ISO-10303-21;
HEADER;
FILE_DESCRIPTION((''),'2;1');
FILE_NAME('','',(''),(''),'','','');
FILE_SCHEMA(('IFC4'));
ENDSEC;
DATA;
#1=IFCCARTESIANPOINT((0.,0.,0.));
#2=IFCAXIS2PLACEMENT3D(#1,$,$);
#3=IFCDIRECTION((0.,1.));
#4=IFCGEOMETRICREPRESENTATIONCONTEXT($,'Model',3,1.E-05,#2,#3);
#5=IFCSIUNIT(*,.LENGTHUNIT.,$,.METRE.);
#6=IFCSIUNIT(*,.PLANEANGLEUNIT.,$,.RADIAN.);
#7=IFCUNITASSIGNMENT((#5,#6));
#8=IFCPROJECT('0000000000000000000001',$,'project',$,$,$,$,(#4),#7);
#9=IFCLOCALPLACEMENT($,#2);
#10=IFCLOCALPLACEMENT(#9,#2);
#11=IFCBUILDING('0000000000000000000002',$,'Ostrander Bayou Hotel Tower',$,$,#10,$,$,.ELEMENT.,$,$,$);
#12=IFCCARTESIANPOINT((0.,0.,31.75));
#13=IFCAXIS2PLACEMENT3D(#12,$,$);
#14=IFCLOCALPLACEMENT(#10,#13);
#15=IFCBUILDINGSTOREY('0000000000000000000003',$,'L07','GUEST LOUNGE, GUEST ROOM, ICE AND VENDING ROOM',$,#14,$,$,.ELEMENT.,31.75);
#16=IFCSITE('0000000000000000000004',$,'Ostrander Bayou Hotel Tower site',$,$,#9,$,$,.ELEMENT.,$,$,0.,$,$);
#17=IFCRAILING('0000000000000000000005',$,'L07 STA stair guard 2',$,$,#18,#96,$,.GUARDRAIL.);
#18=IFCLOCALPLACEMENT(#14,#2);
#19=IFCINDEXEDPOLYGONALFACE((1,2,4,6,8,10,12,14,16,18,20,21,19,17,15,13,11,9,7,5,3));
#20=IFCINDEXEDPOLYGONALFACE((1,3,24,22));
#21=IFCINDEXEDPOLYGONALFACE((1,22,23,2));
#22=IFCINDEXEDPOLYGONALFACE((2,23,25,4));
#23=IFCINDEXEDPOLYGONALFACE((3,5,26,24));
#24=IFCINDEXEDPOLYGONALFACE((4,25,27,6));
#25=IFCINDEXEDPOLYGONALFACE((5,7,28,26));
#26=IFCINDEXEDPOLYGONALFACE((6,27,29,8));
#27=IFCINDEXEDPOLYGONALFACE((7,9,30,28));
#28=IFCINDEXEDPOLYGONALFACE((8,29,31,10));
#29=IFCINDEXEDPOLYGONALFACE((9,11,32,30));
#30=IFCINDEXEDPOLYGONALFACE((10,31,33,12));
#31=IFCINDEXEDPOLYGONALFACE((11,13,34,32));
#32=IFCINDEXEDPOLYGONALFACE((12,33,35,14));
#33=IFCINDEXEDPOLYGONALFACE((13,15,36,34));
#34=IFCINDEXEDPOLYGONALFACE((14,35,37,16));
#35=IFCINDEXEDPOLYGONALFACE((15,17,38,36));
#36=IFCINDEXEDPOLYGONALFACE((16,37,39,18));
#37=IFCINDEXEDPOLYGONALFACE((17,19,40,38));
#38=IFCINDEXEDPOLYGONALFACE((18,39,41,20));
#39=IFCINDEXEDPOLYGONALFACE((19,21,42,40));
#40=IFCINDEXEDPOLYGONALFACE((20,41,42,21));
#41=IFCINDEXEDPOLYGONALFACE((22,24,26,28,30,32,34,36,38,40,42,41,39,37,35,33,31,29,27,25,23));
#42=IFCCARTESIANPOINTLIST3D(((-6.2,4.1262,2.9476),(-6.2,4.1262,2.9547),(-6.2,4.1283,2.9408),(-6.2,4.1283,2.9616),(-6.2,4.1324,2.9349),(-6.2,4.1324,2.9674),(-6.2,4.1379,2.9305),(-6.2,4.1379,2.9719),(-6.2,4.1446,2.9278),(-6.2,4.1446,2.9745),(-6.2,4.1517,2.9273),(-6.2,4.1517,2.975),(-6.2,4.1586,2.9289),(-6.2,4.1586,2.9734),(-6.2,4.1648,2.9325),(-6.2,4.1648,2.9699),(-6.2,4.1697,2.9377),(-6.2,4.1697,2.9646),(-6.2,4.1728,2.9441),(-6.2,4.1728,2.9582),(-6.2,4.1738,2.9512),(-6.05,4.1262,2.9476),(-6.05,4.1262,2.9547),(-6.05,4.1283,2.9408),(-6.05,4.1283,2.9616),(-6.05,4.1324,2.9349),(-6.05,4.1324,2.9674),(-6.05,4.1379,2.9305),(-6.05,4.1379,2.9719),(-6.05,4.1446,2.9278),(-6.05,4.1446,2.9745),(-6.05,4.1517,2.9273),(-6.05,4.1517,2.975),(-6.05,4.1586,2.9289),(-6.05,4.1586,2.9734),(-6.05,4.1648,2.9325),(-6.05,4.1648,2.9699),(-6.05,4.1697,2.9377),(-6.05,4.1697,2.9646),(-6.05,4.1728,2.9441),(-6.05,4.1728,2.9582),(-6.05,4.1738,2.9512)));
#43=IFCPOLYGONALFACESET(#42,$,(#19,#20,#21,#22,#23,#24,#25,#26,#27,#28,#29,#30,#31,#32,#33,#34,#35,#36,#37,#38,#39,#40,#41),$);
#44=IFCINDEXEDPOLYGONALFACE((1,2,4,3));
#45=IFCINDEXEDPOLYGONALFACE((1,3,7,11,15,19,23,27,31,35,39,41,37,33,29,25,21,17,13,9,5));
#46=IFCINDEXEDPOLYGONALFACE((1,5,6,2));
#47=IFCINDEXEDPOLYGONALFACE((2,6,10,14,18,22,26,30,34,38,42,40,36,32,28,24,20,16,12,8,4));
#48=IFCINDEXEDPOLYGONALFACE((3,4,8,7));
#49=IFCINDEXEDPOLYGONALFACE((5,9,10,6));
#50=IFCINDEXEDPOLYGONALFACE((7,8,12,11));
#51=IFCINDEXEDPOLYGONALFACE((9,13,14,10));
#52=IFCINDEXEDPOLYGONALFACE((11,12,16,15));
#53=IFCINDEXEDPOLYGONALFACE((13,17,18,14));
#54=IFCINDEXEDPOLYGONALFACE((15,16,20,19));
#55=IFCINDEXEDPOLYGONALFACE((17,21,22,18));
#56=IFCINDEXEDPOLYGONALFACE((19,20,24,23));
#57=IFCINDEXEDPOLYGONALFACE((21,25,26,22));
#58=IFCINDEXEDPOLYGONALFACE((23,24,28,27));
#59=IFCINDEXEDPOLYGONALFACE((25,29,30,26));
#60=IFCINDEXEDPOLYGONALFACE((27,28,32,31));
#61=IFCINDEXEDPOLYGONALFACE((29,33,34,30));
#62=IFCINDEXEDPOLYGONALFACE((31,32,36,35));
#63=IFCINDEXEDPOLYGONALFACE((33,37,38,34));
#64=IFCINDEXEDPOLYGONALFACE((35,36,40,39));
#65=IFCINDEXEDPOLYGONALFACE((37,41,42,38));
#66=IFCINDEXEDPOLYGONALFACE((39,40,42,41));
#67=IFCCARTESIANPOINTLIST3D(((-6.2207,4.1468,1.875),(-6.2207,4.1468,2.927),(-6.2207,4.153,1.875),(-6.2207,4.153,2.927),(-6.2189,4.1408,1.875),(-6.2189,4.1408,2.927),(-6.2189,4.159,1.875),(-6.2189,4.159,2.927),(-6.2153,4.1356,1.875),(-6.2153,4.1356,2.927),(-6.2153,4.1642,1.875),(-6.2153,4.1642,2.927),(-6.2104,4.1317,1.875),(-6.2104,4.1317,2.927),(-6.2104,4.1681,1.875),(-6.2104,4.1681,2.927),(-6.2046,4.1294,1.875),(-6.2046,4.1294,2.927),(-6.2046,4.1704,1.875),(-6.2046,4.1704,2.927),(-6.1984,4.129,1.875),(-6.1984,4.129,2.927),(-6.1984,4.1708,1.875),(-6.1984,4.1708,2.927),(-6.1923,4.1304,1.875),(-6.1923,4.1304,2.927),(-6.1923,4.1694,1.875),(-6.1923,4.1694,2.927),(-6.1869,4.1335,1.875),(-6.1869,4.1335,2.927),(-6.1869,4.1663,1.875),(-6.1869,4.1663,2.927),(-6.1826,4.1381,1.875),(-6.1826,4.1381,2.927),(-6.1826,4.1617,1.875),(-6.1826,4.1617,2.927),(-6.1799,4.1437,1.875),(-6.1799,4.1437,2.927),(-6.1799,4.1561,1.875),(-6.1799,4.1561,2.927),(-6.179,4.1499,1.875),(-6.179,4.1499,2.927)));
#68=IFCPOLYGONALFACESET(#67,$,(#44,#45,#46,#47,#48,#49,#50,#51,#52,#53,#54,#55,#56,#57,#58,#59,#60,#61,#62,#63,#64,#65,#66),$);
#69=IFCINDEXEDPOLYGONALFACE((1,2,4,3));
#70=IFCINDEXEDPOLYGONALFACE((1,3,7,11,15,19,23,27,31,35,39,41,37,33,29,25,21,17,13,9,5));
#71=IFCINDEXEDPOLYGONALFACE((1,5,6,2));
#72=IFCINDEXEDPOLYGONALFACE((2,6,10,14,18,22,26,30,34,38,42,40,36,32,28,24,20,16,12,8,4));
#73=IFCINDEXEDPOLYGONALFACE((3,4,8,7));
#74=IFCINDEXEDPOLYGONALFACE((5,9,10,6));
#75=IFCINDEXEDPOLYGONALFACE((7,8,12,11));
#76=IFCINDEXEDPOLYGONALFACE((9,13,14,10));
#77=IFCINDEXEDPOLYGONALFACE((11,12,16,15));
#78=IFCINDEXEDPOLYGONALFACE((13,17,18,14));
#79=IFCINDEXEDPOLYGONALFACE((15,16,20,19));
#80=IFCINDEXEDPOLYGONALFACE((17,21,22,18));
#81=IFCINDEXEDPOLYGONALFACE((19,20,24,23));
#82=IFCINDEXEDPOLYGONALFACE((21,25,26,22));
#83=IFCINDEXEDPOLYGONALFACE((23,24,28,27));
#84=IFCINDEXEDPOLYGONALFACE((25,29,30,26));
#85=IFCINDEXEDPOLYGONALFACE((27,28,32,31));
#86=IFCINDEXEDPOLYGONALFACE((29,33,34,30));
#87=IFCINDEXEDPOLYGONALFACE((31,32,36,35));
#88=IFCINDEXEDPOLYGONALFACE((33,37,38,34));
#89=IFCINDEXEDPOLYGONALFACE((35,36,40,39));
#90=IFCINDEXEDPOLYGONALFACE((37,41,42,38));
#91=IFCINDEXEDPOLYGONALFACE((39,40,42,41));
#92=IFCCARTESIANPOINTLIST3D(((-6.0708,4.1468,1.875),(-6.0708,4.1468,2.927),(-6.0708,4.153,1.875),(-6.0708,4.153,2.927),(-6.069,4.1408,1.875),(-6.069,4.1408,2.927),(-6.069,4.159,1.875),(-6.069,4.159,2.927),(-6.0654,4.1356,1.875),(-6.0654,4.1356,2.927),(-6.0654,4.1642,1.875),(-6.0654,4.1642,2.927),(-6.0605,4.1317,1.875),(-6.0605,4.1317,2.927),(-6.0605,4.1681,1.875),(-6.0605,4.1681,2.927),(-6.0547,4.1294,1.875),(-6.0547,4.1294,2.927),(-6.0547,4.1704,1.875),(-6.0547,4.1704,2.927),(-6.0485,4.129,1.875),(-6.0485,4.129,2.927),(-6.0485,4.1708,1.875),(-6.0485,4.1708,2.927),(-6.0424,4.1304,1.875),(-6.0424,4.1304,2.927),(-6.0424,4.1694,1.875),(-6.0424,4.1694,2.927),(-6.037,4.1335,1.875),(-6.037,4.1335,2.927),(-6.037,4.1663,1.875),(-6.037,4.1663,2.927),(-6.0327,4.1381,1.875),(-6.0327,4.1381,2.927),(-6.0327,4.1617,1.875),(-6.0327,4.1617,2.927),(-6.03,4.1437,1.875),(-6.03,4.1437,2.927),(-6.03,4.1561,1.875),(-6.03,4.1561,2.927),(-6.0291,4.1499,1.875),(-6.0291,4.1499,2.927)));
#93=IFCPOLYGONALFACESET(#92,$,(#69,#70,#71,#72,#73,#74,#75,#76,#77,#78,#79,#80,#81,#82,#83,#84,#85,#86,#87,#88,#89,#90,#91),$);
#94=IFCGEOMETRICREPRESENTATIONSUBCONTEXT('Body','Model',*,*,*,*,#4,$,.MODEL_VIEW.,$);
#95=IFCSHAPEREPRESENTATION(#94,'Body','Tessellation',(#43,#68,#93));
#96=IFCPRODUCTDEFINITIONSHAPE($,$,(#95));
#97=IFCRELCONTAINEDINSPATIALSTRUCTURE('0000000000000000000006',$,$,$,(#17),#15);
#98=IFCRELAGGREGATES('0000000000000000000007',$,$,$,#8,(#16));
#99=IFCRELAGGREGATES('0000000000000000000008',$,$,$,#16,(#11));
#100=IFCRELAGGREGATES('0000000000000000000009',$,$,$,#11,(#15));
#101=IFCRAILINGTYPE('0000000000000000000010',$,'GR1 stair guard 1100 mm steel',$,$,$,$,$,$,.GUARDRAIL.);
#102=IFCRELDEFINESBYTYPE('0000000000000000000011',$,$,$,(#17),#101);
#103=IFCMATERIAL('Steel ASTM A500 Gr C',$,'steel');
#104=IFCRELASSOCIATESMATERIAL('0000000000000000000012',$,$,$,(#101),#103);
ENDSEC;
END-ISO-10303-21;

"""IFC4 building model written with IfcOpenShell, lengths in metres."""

from ifc_helpers import new_model, si_unit, direction, frame, origin, origin_2d, place, context, subcontext, project, spatial, circle, extrude, material, type_object, element, save


model = new_model("IFC4")

# Units and contexts
model_context = context("Model", 3, precision=1e-05, world=origin(), true_north=direction((0.0, 1.0)))
body_context = subcontext(model_context, "Body", "Model", "MODEL_VIEW")
ifc_project = project(units=[si_unit("LENGTHUNIT", "METRE"), si_unit("PLANEANGLEUNIT", "RADIAN")], contexts=[model_context])

# Site, building, storey
site_placement = place(None, origin())
site = spatial("IfcSite", under=ifc_project, at=site_placement, Name="Ostrander Bayou Hotel Tower site", CompositionType="ELEMENT", RefElevation=0.0)
building_placement = place(site_placement, origin())
building = spatial("IfcBuilding", under=site, at=building_placement, Name="Ostrander Bayou Hotel Tower", CompositionType="ELEMENT")
storey_placement = place(building_placement, frame((0.0, 0.0, 31.75)))
storey = spatial("IfcBuildingStorey", under=building, at=storey_placement, Name="L07", Description="GUEST LOUNGE, GUEST ROOM, ICE AND VENDING ROOM", CompositionType="ELEMENT", Elevation=31.75)

# Railing
ifc_material_1 = material(Name="Steel ASTM A500 Gr C", Category="steel")
railing_type_1 = type_object("IfcRailingType", Name="GR1 stair guard 1100 mm steel", PredefinedType="GUARDRAIL", material=ifc_material_1)
railing_1_placement = place(storey_placement, frame((-6.2, 4.1499, 1.875)))
element("IfcRailing", 1, at=railing_1_placement, inside=storey, type_object=railing_type_1, Name="L07 STA stair guard 2", PredefinedType="GUARDRAIL", context=body_context, shape_type="SweptSolid", body=[
    extrude(circle(Radius=0.0239, at=origin_2d()), frame((0.0, 0.0, 1.0762), z_axis=(1.0, 0.0, 0.0), x_axis=(0.0, 1.0, 0.0)), (0.0, 0.0, 1.0), 0.1499),
    extrude(circle(Radius=0.021, at=origin_2d()), origin(), (0.0, 0.0, 1.0), 1.052),
    extrude(circle(Radius=0.021, at=origin_2d()), frame((0.1499, 0.0, 0.0)), (0.0, 0.0, 1.0), 1.052),
])

save(model, "model.ifc")
